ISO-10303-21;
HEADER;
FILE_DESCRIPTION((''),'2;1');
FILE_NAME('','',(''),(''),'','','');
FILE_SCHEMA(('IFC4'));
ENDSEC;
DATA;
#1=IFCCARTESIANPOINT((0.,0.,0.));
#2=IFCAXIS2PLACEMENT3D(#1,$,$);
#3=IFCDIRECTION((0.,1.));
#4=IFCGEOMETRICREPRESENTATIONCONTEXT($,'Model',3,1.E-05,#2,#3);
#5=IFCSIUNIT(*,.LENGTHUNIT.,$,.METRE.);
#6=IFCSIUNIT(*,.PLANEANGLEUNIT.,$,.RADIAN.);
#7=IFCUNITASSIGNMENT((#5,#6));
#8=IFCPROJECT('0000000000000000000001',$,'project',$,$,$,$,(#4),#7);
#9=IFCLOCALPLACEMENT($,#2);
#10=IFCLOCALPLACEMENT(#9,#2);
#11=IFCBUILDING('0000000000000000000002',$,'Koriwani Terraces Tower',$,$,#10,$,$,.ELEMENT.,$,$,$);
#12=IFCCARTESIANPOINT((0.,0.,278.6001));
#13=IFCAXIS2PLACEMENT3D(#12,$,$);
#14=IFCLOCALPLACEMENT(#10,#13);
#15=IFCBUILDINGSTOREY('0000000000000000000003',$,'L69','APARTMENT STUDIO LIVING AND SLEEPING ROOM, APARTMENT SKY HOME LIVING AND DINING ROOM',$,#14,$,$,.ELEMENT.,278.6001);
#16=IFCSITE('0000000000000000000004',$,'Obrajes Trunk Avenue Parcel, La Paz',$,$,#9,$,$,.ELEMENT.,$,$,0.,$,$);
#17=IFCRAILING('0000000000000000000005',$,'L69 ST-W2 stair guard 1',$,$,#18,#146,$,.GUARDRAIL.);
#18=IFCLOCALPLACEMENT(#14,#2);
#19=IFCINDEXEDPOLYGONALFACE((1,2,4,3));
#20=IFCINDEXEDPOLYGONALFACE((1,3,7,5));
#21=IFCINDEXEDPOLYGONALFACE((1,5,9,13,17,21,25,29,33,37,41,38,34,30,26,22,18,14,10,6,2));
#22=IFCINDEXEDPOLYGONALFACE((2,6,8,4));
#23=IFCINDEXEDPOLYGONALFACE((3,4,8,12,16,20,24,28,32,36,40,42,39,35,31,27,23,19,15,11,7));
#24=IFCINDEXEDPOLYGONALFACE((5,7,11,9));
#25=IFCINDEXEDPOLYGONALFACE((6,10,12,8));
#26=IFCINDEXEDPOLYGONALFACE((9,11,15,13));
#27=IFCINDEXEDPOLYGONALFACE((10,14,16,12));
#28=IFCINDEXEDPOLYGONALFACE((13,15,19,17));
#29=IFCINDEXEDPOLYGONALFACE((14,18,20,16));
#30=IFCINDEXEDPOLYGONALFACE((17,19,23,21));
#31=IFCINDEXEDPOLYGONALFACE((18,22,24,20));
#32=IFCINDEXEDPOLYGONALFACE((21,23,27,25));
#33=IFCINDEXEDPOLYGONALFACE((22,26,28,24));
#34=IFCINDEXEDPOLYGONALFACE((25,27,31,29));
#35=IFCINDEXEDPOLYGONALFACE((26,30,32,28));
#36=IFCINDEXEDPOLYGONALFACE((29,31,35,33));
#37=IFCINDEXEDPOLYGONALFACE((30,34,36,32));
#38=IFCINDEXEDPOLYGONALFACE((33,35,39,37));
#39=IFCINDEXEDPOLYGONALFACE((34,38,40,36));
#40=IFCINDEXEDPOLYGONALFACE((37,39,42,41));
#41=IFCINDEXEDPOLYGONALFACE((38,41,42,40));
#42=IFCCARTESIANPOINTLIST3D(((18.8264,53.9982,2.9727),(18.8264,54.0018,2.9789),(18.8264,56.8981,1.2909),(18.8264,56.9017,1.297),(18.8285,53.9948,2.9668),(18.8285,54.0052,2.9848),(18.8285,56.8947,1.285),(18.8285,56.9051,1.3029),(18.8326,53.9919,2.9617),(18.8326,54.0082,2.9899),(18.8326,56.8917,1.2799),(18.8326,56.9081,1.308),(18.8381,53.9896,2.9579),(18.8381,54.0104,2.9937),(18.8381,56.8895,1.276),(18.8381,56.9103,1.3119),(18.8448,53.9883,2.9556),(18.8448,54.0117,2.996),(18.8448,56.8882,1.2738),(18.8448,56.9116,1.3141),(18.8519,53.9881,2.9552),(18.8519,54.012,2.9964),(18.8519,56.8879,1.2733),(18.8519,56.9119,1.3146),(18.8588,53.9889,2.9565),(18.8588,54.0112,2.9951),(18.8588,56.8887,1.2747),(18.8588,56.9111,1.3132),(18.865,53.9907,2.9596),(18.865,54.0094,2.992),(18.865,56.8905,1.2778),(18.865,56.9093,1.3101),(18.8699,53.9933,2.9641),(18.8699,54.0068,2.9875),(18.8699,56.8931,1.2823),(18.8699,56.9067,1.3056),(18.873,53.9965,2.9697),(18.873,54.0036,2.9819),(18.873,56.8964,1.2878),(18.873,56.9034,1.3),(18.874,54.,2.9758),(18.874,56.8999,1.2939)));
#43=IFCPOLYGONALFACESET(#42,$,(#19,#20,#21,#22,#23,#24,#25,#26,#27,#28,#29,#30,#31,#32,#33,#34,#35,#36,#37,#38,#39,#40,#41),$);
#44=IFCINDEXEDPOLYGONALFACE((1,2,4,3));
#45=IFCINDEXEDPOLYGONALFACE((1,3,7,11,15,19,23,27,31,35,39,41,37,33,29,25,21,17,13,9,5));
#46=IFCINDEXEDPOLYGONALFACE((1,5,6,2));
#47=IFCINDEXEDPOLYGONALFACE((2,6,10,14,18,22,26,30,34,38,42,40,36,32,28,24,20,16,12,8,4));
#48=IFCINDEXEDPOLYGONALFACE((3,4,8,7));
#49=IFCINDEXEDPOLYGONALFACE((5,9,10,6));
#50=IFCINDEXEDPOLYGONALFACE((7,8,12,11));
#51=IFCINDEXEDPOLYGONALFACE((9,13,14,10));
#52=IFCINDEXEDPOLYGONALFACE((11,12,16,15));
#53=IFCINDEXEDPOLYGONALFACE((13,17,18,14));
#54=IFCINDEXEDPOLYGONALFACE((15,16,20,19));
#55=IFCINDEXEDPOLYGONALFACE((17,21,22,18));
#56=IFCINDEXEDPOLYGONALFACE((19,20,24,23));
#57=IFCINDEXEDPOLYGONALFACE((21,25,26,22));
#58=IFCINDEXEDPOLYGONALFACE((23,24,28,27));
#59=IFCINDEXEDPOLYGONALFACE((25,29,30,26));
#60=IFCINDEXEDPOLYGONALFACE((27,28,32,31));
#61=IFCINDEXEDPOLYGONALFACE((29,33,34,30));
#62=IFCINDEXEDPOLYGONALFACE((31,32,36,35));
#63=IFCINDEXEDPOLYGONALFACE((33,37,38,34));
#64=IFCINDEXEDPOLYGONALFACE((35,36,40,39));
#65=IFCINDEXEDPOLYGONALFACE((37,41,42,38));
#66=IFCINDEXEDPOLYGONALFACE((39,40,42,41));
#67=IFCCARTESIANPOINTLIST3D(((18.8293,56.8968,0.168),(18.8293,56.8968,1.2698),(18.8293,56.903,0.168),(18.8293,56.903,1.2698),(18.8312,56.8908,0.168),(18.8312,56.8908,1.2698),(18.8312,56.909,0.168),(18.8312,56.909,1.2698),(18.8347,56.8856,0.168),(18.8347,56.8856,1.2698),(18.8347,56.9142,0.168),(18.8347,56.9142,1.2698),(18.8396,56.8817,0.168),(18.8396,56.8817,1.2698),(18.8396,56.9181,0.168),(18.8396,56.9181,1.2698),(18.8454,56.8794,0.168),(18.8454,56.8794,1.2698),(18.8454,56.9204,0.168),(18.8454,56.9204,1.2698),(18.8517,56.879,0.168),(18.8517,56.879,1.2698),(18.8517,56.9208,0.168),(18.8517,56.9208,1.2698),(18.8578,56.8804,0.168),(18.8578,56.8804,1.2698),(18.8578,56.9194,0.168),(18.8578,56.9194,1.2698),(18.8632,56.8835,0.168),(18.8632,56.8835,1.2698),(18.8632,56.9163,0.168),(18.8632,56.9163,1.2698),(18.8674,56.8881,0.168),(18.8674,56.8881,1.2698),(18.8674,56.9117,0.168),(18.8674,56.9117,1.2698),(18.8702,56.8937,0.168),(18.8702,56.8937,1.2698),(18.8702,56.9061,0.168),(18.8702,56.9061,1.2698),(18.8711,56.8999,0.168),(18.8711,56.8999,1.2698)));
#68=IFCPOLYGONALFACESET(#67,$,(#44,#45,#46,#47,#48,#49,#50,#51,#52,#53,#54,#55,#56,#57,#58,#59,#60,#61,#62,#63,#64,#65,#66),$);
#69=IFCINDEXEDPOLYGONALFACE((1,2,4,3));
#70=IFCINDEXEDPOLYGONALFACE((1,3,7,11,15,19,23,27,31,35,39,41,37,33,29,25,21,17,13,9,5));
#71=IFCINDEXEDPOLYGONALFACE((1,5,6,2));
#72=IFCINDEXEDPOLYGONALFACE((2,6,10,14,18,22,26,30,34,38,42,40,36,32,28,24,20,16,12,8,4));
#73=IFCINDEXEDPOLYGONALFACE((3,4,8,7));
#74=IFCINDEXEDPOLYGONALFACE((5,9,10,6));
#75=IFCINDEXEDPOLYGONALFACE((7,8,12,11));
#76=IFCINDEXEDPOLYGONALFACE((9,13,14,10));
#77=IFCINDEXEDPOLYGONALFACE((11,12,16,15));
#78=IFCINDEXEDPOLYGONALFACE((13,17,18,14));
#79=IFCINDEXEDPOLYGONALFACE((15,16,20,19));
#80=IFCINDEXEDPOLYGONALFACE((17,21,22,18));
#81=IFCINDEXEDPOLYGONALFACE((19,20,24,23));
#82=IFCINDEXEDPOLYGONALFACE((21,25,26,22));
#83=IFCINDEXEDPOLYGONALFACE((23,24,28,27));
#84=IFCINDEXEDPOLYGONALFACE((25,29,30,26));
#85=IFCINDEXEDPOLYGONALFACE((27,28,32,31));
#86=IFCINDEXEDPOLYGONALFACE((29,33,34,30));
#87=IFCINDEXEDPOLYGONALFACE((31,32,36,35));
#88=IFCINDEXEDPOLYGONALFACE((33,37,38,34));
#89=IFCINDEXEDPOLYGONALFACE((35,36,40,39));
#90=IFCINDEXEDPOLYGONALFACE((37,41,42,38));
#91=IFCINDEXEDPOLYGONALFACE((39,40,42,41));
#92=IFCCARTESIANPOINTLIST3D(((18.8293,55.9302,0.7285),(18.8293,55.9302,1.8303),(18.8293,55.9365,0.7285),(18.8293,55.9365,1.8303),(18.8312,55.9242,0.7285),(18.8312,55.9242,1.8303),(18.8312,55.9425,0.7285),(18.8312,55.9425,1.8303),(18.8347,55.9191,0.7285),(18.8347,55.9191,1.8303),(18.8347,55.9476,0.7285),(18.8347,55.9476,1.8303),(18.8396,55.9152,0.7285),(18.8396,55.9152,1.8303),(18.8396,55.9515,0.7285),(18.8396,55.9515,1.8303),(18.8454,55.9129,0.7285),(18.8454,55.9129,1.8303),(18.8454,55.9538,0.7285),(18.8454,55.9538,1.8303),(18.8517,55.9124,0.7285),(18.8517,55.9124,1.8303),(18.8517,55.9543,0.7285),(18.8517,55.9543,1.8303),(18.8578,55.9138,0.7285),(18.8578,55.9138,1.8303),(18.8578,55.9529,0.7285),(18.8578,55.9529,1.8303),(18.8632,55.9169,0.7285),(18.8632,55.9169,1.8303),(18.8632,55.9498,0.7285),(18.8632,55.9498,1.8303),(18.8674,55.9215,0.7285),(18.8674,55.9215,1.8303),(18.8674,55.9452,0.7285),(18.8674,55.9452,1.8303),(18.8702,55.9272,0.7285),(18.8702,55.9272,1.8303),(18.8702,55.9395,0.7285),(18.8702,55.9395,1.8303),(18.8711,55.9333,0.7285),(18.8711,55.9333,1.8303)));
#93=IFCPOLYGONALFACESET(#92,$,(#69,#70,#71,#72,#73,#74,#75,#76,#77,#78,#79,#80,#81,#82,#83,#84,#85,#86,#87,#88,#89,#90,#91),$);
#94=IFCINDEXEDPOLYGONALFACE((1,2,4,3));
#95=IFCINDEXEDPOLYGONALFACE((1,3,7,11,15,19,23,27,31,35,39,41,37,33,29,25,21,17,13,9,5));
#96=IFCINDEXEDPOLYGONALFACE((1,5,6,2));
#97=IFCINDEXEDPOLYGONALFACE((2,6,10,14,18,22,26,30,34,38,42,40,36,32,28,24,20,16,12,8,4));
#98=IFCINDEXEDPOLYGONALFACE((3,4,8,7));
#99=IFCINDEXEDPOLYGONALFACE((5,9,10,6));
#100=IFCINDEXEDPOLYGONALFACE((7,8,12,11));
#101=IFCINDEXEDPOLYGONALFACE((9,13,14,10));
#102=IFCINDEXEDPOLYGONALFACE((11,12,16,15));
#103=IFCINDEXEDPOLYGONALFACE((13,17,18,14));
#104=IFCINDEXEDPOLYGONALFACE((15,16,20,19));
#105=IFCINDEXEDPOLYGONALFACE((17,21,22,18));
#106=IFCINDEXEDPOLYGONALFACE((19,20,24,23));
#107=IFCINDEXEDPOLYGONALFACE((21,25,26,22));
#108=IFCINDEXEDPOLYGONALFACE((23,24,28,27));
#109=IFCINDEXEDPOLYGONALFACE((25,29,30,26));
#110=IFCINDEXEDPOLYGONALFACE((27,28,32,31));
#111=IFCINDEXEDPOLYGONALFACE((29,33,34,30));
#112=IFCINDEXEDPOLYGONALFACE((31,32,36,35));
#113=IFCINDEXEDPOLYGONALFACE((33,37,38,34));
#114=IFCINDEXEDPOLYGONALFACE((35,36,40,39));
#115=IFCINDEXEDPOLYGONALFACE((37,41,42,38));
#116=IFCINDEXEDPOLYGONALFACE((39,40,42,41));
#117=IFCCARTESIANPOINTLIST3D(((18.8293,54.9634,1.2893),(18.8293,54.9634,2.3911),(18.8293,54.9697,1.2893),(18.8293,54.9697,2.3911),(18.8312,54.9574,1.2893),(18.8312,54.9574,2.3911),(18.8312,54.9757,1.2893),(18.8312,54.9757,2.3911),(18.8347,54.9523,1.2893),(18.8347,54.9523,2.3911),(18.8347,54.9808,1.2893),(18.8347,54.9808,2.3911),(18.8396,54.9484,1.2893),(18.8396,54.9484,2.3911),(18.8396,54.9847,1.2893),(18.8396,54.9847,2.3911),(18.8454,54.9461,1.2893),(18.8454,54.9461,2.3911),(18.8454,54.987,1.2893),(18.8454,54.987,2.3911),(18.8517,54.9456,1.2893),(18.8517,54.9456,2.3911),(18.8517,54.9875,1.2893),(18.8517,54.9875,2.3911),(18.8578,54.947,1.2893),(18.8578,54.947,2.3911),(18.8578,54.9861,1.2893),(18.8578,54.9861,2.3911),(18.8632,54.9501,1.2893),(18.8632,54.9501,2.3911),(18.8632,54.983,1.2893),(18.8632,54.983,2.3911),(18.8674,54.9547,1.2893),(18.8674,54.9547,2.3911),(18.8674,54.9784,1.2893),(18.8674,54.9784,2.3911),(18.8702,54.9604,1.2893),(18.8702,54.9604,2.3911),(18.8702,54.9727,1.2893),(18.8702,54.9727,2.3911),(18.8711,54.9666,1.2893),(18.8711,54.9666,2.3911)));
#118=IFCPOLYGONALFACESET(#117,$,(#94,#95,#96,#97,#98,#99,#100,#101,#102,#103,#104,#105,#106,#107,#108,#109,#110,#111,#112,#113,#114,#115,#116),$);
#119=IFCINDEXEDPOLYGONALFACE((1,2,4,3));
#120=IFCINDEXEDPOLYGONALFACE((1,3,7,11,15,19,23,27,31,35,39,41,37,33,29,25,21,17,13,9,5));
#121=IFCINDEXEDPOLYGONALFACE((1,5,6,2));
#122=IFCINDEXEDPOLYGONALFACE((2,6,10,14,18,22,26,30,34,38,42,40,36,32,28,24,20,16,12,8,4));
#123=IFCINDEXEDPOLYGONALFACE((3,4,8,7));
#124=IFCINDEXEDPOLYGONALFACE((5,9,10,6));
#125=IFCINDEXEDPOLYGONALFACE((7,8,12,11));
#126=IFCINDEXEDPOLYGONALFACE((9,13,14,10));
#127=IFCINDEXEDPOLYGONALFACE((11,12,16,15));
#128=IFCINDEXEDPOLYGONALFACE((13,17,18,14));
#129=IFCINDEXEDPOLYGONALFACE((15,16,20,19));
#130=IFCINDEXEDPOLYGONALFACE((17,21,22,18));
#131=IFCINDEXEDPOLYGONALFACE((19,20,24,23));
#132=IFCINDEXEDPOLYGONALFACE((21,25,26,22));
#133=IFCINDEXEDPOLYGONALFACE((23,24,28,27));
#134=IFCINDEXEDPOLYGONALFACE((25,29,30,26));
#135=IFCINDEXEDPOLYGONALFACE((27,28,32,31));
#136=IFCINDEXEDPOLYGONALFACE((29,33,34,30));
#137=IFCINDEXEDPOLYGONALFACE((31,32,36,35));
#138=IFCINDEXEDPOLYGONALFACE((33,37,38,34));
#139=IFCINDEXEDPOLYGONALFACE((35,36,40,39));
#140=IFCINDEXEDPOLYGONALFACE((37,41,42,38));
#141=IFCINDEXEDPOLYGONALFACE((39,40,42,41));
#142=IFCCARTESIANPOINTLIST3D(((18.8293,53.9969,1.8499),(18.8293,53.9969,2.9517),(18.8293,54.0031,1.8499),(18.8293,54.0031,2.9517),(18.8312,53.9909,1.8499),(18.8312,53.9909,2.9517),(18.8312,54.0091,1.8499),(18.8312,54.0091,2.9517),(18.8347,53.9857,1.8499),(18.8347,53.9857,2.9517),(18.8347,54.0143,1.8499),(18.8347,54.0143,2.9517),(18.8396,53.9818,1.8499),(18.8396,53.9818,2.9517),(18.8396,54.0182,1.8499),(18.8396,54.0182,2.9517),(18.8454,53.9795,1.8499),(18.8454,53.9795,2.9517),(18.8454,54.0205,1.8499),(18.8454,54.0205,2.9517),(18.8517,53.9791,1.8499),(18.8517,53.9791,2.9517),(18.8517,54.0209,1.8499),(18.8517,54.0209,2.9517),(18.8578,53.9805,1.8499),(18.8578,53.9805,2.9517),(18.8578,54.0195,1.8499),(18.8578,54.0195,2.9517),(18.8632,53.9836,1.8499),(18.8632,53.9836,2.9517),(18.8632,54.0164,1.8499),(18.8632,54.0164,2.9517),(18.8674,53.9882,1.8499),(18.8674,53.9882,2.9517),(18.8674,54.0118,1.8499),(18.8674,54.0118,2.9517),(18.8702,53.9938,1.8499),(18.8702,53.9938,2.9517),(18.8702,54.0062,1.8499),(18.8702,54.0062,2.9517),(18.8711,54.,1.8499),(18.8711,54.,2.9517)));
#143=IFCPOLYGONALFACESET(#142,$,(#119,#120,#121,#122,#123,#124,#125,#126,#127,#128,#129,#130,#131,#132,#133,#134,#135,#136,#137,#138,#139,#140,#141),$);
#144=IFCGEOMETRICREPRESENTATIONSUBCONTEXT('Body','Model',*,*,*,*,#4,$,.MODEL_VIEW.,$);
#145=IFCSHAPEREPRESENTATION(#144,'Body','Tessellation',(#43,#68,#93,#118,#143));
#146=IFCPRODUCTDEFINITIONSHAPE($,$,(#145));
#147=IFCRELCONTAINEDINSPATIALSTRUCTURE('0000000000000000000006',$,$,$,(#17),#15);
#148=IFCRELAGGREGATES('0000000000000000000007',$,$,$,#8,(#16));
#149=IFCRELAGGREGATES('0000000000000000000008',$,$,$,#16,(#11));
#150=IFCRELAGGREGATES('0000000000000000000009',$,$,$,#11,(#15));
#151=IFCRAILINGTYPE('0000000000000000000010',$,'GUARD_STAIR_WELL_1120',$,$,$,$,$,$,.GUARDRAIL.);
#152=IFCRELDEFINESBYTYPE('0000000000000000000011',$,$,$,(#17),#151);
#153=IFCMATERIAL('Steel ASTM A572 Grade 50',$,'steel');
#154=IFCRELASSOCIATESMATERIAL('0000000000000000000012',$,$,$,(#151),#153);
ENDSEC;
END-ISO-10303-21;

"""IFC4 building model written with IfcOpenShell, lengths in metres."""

from ifc_helpers import new_model, si_unit, direction, frame, origin, origin_2d, place, context, subcontext, project, spatial, circle, extrude, material, type_object, element, save


model = new_model("IFC4")

# Units and contexts
model_context = context("Model", 3, precision=1e-05, world=origin(), true_north=direction((0.0, 1.0)))
body_context = subcontext(model_context, "Body", "Model", "MODEL_VIEW")
ifc_project = project(units=[si_unit("LENGTHUNIT", "METRE"), si_unit("PLANEANGLEUNIT", "RADIAN")], contexts=[model_context])

# Site, building, storey
site_placement = place(None, origin())
site = spatial("IfcSite", under=ifc_project, at=site_placement, Name="Obrajes Trunk Avenue Parcel, La Paz", CompositionType="ELEMENT", RefElevation=0.0)
building_placement = place(site_placement, origin())
building = spatial("IfcBuilding", under=site, at=building_placement, Name="Koriwani Terraces Tower", CompositionType="ELEMENT")
storey_placement = place(building_placement, frame((0.0, 0.0, 278.6001)))
storey = spatial("IfcBuildingStorey", under=building, at=storey_placement, Name="L69", Description="APARTMENT STUDIO LIVING AND SLEEPING ROOM, APARTMENT SKY HOME LIVING AND DINING ROOM", CompositionType="ELEMENT", Elevation=278.6001)

# Shared definitions
ifc_material_1 = material(Name="Steel ASTM A572 Grade 50", Category="steel")

# Railing
railing_type_1 = type_object("IfcRailingType", Name="GUARD_STAIR_WELL_1120", PredefinedType="GUARDRAIL", material=ifc_material_1)
railing_1_placement = place(storey_placement, frame((18.8501, 56.8999, 0.168)))
element("IfcRailing", 1, at=railing_1_placement, inside=storey, type_object=railing_type_1, Name="L69 ST-W2 stair guard 1", PredefinedType="GUARDRAIL", context=body_context, shape_type="SweptSolid", body=[
    extrude(circle(Radius=0.0239, at=origin_2d()), frame((0.0, 0.0, 1.126), z_axis=(0.0, -0.865039, 0.501705), x_axis=(1.0, 0.0, 0.0)), (0.0, 0.0, 1.0), 3.3523),
    extrude(circle(Radius=0.021, at=origin_2d()), origin(), (0.0, 0.0, 1.0), 1.1018),
    extrude(circle(Radius=0.021, at=origin_2d()), frame((0.0, -0.9666, 0.5605)), (0.0, 0.0, 1.0), 1.1018),
    extrude(circle(Radius=0.021, at=origin_2d()), frame((0.0, -1.9333, 1.1213)), (0.0, 0.0, 1.0), 1.1018),
    extrude(circle(Radius=0.021, at=origin_2d()), frame((0.0, -2.8999, 1.6819)), (0.0, 0.0, 1.0), 1.1018),
])

save(model, "model.ifc")
